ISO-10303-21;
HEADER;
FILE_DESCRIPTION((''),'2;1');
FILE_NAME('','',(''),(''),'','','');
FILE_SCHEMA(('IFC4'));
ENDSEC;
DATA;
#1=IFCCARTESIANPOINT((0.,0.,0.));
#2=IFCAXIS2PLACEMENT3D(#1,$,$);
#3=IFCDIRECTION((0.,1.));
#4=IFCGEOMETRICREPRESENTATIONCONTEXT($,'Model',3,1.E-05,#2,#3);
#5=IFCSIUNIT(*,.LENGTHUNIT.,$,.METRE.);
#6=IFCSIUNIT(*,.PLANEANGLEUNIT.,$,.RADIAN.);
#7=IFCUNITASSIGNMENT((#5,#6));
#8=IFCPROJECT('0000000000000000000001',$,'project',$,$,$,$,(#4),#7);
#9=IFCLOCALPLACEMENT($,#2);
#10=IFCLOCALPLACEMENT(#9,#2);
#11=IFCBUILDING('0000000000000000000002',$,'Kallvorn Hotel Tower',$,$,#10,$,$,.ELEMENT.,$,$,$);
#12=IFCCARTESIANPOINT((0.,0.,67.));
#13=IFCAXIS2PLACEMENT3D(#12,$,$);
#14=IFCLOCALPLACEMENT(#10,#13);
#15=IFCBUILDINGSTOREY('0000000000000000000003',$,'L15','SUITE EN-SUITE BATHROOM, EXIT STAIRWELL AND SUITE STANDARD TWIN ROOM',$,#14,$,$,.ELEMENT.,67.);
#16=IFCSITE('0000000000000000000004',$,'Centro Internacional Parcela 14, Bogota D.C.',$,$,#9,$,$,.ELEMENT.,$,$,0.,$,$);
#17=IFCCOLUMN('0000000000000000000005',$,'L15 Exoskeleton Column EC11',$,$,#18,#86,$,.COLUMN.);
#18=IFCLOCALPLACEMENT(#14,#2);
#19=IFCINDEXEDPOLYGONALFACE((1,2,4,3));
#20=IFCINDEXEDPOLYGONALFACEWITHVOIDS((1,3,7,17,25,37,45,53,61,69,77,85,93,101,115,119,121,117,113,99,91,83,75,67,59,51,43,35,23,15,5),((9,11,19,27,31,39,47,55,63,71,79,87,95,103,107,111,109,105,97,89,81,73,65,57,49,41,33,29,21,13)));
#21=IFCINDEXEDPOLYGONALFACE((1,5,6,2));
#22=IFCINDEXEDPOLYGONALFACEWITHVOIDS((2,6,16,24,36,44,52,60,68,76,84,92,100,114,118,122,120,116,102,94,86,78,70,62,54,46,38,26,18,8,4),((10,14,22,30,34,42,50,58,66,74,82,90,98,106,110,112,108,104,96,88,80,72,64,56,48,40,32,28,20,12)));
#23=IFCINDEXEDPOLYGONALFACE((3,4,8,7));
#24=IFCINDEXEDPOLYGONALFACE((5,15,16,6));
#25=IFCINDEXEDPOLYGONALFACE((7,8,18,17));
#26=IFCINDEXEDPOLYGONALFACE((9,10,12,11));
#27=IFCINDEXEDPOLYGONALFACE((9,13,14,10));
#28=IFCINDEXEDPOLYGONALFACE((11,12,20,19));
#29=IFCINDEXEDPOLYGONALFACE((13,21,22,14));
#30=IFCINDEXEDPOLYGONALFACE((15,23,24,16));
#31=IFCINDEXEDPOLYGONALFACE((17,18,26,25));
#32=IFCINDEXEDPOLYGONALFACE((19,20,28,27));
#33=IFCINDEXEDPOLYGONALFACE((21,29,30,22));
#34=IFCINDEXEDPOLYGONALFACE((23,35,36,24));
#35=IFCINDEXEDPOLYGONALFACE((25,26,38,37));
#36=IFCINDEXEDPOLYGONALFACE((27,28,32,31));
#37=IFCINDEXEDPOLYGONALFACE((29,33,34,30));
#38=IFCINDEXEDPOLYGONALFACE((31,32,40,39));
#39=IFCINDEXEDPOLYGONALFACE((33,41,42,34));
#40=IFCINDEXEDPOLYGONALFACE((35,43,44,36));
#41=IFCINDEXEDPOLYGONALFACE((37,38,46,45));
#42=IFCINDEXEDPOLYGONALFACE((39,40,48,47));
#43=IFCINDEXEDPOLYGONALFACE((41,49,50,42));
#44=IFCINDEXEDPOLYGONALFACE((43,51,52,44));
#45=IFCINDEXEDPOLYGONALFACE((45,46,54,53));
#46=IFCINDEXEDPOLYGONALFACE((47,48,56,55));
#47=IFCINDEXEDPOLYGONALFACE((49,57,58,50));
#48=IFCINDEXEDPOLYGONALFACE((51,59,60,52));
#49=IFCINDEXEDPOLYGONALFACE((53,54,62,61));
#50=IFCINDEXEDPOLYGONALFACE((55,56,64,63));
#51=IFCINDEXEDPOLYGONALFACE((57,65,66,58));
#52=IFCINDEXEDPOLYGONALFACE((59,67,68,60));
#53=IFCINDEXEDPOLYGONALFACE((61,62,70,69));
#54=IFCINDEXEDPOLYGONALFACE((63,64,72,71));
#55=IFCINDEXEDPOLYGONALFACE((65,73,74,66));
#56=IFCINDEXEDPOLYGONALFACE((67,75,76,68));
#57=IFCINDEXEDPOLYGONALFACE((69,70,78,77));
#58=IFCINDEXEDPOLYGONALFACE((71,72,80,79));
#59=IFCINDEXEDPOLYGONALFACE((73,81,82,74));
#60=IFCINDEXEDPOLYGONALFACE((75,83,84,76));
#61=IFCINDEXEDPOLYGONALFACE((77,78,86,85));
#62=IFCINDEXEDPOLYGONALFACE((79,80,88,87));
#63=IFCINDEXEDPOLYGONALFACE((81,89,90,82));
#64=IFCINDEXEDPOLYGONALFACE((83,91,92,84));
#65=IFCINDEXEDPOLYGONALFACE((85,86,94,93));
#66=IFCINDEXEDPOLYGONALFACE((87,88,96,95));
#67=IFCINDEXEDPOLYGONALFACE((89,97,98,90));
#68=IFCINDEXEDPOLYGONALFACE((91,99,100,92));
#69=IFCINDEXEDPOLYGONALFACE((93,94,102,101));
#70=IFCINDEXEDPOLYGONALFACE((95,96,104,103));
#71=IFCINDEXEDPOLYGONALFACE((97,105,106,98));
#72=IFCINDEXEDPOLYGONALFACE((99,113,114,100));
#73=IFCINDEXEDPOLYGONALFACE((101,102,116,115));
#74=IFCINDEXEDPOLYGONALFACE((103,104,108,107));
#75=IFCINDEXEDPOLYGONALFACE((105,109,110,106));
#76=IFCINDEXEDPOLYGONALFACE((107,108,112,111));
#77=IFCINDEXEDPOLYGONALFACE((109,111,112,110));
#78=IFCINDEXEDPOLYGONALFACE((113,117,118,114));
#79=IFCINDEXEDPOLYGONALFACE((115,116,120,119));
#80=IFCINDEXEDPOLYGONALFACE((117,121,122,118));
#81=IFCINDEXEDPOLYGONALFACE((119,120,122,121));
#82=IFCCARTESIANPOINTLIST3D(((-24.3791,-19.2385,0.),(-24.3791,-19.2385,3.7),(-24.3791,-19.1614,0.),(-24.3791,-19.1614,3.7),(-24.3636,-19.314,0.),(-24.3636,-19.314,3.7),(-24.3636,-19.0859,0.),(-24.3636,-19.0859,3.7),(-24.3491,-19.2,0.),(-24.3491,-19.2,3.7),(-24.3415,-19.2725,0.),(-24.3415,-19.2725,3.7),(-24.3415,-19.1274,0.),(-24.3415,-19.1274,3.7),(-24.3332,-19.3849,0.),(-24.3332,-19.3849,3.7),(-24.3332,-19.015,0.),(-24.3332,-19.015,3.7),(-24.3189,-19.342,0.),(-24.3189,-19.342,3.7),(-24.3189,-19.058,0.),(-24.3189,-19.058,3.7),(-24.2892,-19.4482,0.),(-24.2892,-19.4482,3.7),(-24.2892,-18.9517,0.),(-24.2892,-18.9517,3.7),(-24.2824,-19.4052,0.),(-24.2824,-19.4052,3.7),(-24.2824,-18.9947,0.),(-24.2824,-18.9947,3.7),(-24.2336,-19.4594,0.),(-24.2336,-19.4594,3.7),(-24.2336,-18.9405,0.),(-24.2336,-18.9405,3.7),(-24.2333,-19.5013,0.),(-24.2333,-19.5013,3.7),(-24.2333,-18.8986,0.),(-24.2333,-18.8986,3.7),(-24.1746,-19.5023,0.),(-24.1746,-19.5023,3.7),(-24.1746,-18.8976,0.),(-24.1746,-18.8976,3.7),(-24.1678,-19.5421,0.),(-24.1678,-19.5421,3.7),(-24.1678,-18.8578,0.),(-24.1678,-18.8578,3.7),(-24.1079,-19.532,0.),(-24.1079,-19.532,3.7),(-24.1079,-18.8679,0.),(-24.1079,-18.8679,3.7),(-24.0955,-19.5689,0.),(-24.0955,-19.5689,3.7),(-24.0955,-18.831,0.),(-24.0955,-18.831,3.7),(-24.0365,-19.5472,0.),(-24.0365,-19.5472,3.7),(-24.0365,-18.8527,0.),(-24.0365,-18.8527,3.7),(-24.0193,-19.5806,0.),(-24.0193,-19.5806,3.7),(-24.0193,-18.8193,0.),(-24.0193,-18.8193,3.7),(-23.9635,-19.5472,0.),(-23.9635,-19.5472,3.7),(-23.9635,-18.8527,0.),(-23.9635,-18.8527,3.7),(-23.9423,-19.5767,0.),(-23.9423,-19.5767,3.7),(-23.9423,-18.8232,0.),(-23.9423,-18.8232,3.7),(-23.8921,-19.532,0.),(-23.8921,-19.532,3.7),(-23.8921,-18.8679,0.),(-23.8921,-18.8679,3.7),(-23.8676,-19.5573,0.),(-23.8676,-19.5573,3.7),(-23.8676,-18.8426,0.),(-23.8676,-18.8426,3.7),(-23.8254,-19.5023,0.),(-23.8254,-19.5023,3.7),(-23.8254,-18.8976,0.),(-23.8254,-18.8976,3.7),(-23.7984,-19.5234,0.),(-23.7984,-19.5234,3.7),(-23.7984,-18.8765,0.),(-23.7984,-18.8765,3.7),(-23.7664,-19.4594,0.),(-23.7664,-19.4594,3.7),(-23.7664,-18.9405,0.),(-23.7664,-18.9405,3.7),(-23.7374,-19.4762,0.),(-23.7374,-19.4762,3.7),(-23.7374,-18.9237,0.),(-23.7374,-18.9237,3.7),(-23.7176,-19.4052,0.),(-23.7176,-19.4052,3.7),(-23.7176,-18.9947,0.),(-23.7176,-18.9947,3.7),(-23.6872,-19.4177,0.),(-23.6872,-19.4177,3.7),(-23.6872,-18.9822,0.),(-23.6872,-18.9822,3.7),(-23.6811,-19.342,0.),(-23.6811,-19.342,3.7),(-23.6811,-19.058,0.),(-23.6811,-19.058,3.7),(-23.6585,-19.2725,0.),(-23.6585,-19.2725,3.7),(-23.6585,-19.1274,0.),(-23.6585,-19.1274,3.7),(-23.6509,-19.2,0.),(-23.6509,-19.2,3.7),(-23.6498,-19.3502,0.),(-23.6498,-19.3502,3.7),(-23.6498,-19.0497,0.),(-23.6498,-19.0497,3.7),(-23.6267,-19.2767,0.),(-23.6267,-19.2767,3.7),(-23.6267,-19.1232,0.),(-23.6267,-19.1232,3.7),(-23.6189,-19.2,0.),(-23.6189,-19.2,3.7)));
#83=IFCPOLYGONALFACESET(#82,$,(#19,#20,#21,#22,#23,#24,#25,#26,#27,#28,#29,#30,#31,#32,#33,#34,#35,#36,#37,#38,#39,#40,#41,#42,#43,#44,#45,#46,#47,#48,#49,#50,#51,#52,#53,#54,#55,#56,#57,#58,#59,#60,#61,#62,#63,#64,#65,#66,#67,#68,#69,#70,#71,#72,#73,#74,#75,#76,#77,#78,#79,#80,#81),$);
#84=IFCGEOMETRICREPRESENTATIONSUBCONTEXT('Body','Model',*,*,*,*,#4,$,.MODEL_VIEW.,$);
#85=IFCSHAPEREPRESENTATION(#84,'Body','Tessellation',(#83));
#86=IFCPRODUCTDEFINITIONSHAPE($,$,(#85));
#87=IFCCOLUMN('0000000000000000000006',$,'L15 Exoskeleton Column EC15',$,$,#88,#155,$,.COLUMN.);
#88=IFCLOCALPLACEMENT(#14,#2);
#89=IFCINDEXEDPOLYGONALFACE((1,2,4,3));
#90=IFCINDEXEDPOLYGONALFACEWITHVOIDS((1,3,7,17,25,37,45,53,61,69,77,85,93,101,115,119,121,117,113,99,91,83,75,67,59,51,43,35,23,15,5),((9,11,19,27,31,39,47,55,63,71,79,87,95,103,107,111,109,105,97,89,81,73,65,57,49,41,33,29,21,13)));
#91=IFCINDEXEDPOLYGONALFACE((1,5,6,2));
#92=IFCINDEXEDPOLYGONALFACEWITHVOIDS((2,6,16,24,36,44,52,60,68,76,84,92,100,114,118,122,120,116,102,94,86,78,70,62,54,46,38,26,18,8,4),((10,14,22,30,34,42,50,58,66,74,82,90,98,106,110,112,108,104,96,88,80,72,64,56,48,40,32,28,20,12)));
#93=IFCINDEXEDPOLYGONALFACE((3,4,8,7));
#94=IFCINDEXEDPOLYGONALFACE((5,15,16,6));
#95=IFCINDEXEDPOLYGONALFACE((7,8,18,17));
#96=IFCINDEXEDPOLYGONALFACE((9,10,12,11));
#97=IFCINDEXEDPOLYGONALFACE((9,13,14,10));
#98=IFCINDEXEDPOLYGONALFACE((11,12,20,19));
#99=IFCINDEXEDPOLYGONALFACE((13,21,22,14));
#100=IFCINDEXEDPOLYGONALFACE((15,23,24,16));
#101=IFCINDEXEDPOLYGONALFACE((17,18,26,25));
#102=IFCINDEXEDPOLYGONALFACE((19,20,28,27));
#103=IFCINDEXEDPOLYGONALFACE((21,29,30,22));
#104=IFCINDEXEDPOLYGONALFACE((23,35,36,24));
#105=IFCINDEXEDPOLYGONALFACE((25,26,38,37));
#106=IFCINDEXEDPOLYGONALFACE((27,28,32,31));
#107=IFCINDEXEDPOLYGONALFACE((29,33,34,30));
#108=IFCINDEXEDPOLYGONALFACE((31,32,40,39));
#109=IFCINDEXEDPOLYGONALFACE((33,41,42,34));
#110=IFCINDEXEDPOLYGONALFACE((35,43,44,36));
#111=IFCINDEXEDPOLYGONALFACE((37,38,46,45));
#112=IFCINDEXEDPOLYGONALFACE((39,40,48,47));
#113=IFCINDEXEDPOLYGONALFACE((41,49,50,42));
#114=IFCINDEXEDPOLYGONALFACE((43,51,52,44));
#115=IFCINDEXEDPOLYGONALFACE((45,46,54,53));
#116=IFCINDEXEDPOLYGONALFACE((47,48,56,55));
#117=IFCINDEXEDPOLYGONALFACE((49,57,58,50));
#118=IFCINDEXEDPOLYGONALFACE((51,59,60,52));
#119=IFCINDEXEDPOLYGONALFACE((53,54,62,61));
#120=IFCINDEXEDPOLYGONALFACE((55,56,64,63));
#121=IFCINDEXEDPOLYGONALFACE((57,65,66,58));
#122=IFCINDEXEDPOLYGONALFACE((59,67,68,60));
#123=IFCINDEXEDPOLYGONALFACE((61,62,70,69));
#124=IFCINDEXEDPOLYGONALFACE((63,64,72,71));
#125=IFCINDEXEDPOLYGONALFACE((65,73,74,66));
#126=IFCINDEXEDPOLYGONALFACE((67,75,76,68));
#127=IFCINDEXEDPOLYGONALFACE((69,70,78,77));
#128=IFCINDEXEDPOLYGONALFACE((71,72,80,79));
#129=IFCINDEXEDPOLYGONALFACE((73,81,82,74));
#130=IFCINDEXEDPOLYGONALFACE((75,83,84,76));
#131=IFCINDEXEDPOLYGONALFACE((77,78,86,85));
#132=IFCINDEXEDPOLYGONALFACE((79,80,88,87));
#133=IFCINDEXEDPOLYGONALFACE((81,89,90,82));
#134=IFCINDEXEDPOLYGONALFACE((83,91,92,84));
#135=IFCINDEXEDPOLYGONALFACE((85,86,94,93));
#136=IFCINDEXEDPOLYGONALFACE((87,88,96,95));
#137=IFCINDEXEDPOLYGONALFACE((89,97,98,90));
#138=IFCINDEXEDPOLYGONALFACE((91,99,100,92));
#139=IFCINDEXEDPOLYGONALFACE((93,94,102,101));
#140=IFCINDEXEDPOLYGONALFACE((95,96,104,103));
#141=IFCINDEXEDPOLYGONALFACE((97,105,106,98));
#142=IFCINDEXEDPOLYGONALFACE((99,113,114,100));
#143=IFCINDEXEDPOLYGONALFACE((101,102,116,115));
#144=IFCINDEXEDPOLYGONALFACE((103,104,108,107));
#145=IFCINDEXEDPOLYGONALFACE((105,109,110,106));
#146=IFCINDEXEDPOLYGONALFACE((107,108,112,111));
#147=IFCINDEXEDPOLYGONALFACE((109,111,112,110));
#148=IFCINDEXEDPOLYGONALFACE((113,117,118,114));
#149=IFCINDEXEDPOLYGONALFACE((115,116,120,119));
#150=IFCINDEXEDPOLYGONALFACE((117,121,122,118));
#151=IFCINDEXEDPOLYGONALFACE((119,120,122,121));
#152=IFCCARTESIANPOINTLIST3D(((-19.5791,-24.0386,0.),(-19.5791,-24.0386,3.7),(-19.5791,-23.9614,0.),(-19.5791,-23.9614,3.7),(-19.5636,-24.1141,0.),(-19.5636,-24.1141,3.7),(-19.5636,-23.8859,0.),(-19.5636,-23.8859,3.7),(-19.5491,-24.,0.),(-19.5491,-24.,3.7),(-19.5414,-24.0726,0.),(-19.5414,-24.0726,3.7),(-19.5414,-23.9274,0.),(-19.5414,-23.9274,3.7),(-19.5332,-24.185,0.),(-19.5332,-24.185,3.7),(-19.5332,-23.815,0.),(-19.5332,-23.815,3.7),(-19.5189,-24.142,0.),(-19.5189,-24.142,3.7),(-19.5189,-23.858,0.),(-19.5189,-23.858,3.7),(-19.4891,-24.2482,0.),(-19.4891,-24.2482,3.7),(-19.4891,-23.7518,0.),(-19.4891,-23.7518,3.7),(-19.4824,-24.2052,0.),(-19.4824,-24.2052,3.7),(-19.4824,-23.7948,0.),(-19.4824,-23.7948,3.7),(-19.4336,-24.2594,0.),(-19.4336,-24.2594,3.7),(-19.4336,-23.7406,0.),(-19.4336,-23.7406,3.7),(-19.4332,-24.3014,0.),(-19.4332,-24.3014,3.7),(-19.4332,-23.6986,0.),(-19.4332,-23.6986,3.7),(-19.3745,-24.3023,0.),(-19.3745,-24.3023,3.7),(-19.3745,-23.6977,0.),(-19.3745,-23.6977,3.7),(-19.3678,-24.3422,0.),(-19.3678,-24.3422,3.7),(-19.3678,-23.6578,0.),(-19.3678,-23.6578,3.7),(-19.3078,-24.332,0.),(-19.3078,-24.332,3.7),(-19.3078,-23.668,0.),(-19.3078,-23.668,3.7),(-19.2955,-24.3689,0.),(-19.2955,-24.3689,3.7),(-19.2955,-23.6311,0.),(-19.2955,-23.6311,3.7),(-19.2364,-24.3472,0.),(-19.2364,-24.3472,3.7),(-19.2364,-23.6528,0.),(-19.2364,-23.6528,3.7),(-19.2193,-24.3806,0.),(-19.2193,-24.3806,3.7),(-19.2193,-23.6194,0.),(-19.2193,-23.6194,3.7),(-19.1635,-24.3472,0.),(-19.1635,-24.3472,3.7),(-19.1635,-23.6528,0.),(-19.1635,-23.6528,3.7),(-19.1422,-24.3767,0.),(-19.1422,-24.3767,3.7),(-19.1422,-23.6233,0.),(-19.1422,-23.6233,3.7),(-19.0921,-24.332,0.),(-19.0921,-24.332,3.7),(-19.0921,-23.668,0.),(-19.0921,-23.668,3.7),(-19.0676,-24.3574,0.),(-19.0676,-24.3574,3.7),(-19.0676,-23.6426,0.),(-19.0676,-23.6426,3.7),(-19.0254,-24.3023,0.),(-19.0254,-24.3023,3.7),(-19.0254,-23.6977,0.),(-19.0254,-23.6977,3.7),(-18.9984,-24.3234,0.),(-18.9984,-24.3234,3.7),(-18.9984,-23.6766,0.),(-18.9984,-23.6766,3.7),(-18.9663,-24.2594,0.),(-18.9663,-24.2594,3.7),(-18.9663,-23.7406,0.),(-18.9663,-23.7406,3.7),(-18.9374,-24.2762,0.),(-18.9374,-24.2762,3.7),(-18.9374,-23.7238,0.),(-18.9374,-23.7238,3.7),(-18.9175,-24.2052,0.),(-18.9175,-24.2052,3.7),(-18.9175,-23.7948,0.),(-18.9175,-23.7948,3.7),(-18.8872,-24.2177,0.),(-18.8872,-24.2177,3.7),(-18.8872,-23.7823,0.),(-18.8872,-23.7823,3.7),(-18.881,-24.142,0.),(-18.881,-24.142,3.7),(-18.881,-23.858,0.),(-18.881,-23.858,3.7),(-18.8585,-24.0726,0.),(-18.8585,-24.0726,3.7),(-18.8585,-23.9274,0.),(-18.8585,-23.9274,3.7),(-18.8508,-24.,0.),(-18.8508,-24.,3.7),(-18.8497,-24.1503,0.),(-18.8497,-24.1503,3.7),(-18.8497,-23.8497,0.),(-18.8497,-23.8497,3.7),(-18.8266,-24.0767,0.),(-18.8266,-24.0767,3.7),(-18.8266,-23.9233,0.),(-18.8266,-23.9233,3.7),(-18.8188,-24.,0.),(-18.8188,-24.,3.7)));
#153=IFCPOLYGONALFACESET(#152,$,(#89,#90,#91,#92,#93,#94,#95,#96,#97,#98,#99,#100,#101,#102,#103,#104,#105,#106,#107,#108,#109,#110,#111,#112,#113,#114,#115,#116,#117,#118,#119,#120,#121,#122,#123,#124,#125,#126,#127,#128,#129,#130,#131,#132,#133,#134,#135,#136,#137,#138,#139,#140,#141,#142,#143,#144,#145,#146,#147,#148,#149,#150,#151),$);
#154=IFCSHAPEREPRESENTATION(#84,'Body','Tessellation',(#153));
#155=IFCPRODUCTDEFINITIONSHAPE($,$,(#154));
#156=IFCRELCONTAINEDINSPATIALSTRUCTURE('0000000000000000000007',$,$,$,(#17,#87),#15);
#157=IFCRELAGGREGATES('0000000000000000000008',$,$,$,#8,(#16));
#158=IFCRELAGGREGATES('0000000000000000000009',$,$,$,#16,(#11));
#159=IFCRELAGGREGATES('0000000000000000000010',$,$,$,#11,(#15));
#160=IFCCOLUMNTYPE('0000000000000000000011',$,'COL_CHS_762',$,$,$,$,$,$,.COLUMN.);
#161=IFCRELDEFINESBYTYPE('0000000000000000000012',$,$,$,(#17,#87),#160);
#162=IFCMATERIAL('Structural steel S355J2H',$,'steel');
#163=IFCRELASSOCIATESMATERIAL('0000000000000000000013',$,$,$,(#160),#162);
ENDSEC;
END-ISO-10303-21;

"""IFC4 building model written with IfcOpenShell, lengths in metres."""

from ifc_helpers import new_model, si_unit, direction, frame, origin, origin_2d, place, context, subcontext, project, spatial, hollow_circle, extrude, material, material_profile, profile_set, type_object, element, save


model = new_model("IFC4")

# Units and contexts
model_context = context("Model", 3, precision=1e-05, world=origin(), true_north=direction((0.0, 1.0)))
body_context = subcontext(model_context, "Body", "Model", "MODEL_VIEW")
ifc_project = project(units=[si_unit("LENGTHUNIT", "METRE"), si_unit("PLANEANGLEUNIT", "RADIAN")], contexts=[model_context])

# Site, building, storey
site_placement = place(None, origin())
site = spatial("IfcSite", under=ifc_project, at=site_placement, Name="Centro Internacional Parcela 14, Bogota D.C.", CompositionType="ELEMENT", RefElevation=0.0)
building_placement = place(site_placement, origin())
building = spatial("IfcBuilding", under=site, at=building_placement, Name="Kallvorn Hotel Tower", CompositionType="ELEMENT")
storey_placement = place(building_placement, frame((0.0, 0.0, 67.0)))
storey = spatial("IfcBuildingStorey", under=building, at=storey_placement, Name="L15", Description="SUITE EN-SUITE BATHROOM, EXIT STAIRWELL AND SUITE STANDARD TWIN ROOM", CompositionType="ELEMENT", Elevation=67.0)

# Columns
ifc_material_1 = material(Name="Structural steel S355J2H", Category="steel")
ifc_material_profile_1 = material_profile(ifc_material_1, hollow_circle(Radius=0.3811, WallThickness=0.032, at=origin_2d()), Name="CHS 762x32")
ifc_profile_set_1 = profile_set([ifc_material_profile_1], Name="Structural steel S355J2H")
column_type = type_object("IfcColumnType", Name="COL_CHS_762", PredefinedType="COLUMN", material=ifc_profile_set_1)
for number, where, z_axis, x_axis, name in (
    (1, (-24.0, -19.2, 0.0), (0.0, 0.0, 1.0), (1.0, 0.0, 0.0), "L15 Exoskeleton Column EC11"),
    (2, (-19.2, -24.0, 0.0), (0.0, 0.0, 1.0), (1.0, 0.0, 0.0), "L15 Exoskeleton Column EC15"),
):
    element("IfcColumn", number, at=place(storey_placement, frame(where, z_axis=z_axis, x_axis=x_axis)), inside=storey, type_object=column_type, Name=name, PredefinedType="COLUMN", context=body_context, shape_type="SweptSolid", body=[
        extrude(hollow_circle(Radius=0.3811, WallThickness=0.032, at=origin_2d()), origin(), (0.0, 0.0, 1.0), 3.7),
    ])

save(model, "model.ifc")
